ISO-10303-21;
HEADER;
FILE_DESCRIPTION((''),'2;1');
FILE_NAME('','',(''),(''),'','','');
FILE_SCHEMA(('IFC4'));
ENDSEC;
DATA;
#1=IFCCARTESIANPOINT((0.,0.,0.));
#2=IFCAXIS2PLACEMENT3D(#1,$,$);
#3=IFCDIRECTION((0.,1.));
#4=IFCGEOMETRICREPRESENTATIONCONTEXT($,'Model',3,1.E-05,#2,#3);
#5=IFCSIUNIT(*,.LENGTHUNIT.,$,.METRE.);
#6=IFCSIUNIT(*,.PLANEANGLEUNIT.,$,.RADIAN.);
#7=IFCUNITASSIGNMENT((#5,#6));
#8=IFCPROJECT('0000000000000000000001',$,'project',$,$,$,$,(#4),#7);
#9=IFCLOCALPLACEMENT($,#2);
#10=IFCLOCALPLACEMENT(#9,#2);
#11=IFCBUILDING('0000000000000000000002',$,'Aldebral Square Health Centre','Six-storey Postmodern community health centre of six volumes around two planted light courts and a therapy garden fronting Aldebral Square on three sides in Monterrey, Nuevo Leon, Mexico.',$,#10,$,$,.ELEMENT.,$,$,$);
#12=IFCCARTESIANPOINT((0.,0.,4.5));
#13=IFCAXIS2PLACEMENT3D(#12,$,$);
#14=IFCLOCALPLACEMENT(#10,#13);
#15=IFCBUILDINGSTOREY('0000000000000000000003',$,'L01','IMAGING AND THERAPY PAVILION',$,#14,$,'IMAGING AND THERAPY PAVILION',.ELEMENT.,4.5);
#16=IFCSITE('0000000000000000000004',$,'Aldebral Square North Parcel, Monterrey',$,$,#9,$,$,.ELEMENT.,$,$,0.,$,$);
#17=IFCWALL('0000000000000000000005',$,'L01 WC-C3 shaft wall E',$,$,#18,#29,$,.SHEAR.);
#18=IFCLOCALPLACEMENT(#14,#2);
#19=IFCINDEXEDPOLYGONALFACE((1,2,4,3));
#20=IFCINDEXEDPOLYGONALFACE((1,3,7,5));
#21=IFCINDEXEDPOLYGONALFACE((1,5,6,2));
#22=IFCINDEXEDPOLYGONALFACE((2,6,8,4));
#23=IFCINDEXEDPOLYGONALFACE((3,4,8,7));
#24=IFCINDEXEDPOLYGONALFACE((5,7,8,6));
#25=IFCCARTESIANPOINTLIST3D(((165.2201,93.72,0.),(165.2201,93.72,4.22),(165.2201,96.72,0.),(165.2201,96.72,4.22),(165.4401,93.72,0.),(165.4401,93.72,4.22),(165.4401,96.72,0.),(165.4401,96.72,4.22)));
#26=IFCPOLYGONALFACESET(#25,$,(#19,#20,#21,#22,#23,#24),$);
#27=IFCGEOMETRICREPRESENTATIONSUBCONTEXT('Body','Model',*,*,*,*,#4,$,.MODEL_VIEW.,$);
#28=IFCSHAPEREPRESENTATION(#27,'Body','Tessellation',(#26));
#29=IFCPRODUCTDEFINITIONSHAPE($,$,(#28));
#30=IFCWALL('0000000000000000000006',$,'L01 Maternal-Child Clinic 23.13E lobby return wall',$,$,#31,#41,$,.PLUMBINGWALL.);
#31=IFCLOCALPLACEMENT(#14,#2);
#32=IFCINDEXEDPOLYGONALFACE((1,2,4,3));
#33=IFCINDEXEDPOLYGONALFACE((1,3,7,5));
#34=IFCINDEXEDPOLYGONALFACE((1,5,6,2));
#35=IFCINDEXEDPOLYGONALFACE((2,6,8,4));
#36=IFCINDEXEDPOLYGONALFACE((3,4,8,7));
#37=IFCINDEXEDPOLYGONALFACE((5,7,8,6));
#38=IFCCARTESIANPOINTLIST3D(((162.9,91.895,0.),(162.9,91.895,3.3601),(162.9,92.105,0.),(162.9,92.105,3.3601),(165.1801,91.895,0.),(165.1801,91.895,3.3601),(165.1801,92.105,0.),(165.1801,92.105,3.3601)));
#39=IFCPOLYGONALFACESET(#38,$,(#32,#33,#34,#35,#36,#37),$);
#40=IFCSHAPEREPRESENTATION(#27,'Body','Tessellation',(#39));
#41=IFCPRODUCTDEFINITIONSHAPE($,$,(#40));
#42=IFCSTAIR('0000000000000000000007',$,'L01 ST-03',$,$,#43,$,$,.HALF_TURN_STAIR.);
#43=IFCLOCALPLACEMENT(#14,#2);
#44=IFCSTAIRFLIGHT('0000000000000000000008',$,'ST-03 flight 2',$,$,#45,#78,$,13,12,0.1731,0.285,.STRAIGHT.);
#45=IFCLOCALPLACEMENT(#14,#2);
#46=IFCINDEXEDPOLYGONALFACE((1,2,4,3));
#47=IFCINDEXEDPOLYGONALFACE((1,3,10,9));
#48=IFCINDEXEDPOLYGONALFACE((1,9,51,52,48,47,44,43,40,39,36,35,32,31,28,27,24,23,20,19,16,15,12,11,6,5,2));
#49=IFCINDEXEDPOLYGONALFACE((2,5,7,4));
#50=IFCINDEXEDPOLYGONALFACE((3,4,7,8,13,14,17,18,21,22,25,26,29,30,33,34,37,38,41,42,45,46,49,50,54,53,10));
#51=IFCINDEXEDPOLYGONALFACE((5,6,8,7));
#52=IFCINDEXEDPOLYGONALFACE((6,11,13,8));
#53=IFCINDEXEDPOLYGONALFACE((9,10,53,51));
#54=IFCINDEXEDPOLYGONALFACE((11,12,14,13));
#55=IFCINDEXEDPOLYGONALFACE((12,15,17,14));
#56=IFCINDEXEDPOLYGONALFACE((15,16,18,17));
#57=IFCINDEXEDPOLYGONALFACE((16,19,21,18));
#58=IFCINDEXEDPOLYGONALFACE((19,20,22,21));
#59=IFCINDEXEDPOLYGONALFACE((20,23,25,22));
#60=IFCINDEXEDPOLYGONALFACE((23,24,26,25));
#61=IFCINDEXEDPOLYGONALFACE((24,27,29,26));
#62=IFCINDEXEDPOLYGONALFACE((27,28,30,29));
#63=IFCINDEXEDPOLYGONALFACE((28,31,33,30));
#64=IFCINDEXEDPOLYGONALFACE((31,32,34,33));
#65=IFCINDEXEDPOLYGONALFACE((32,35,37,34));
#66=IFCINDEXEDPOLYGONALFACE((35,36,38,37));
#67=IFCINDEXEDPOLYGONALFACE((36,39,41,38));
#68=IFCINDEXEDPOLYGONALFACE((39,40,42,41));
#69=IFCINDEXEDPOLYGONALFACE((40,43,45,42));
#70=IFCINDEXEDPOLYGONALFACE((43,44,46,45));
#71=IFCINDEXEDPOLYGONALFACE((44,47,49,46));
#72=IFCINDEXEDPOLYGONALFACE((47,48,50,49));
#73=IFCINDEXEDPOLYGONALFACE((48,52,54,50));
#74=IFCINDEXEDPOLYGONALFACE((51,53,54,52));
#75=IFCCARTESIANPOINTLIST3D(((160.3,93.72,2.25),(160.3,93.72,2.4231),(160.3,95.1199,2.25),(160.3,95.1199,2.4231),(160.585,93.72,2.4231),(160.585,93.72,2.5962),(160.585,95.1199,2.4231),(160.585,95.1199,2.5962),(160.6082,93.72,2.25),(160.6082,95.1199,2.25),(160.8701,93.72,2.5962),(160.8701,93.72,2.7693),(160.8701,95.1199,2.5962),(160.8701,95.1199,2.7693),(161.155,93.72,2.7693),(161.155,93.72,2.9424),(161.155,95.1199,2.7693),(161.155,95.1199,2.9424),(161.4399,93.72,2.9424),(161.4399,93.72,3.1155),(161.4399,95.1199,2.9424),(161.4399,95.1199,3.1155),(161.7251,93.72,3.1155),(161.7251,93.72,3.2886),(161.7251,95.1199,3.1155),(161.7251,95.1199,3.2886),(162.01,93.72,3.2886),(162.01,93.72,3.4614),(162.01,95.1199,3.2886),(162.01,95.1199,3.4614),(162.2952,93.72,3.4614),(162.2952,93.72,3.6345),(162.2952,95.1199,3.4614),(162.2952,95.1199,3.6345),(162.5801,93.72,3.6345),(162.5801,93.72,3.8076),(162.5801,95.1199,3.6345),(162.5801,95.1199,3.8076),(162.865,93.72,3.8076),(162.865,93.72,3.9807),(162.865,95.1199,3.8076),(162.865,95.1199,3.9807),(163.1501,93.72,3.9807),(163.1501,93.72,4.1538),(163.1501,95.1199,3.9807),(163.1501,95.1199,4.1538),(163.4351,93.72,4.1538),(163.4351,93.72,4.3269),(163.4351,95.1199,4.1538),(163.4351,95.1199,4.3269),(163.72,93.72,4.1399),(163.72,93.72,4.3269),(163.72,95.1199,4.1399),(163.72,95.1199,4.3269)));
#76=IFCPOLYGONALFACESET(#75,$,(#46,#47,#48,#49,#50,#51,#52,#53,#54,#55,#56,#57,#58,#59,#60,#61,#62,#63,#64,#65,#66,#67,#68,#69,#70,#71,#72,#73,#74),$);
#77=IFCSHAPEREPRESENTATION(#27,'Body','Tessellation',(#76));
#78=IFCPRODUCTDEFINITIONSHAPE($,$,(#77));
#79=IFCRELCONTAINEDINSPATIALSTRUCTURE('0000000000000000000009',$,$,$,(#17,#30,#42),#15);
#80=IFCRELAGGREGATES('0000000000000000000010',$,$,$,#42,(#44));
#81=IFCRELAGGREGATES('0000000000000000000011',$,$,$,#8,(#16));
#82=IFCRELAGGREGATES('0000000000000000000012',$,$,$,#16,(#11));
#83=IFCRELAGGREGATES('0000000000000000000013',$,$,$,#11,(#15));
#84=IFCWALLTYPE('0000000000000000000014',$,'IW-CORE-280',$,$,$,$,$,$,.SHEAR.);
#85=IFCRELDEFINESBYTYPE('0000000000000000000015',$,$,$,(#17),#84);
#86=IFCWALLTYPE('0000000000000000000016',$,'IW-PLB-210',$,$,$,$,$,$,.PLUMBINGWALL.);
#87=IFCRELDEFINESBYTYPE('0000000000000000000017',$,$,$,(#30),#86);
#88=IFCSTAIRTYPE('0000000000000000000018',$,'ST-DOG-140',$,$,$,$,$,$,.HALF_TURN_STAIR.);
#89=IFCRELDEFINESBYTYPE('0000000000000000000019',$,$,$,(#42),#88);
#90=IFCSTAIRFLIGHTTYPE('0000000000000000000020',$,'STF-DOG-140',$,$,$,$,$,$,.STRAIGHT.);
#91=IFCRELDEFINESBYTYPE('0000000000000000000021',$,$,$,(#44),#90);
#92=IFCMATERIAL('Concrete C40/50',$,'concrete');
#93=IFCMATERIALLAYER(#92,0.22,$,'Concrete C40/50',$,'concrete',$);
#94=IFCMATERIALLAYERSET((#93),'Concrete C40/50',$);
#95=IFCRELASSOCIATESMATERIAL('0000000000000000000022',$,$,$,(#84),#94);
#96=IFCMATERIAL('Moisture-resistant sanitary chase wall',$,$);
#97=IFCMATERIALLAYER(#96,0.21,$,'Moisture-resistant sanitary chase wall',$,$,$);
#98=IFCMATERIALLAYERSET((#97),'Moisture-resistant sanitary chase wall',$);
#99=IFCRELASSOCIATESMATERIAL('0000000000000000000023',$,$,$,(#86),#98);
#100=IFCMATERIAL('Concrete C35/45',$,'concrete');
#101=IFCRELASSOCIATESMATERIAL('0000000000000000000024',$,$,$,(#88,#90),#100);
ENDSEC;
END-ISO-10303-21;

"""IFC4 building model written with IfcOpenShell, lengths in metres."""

from ifc_helpers import new_model, si_unit, direction, frame, frame_2d, origin, place, context, subcontext, project, spatial, polyline, rectangle, outline, extrude, material, layer, layer_set, type_object, element, aggregate, save


model = new_model("IFC4")

# Units and contexts
model_context = context("Model", 3, precision=1e-05, world=origin(), true_north=direction((0.0, 1.0)))
body_context = subcontext(model_context, "Body", "Model", "MODEL_VIEW")
ifc_project = project(units=[si_unit("LENGTHUNIT", "METRE"), si_unit("PLANEANGLEUNIT", "RADIAN")], contexts=[model_context])

# Site, building, storey
site_placement = place(None, origin())
site = spatial("IfcSite", under=ifc_project, at=site_placement, Name="Aldebral Square North Parcel, Monterrey", CompositionType="ELEMENT", RefElevation=0.0)
building_placement = place(site_placement, origin())
building = spatial("IfcBuilding", under=site, at=building_placement, Name="Aldebral Square Health Centre", Description="Six-storey Postmodern community health centre of six volumes around two planted light courts and a therapy garden fronting Aldebral Square on three sides in Monterrey, Nuevo Leon, Mexico.", CompositionType="ELEMENT")
storey_placement = place(building_placement, frame((0.0, 0.0, 4.5)))
storey = spatial("IfcBuildingStorey", under=building, at=storey_placement, Name="L01", Description="IMAGING AND THERAPY PAVILION", LongName="IMAGING AND THERAPY PAVILION", CompositionType="ELEMENT", Elevation=4.5)

# Shared definitions
ifc_material_1 = material(Name="Concrete C40/50", Category="concrete")

# Walls
ifc_layer_1 = layer(ifc_material_1, 0.22, Name="Concrete C40/50", Category="concrete")
ifc_layer_set_1 = layer_set([ifc_layer_1], Name="Concrete C40/50")
wall_type_1 = type_object("IfcWallType", Name="IW-CORE-280", PredefinedType="SHEAR", material=ifc_layer_set_1)
wall_1_placement = place(storey_placement, frame((165.3301, 93.72, 0.0), z_axis=(0.0, 0.0, 1.0), x_axis=(0.0, 1.0, 0.0)))
element("IfcWall", 1, at=wall_1_placement, inside=storey, type_object=wall_type_1, Name="L01 WC-C3 shaft wall E", PredefinedType="SHEAR", context=body_context, shape_type="SweptSolid", body=[
    extrude(rectangle(XDim=3.0, YDim=0.22, at=frame_2d((1.5, 0.0))), origin(), (0.0, 0.0, 1.0), 4.22),
])
ifc_material_2 = material(Name="Moisture-resistant sanitary chase wall")
ifc_layer_2 = layer(ifc_material_2, 0.21, Name="Moisture-resistant sanitary chase wall")
ifc_layer_set_2 = layer_set([ifc_layer_2], Name="Moisture-resistant sanitary chase wall")
wall_type_2 = type_object("IfcWallType", Name="IW-PLB-210", PredefinedType="PLUMBINGWALL", material=ifc_layer_set_2)
wall_2_placement = place(storey_placement, frame((162.8999, 92.0, 0.0), z_axis=(0.0, 0.0, 1.0), x_axis=(1.0, 0.0, 0.0)))
element("IfcWall", 2, at=wall_2_placement, inside=storey, type_object=wall_type_2, Name="L01 Maternal-Child Clinic 23.13E lobby return wall", PredefinedType="PLUMBINGWALL", context=body_context, shape_type="SweptSolid", body=[
    extrude(rectangle(XDim=2.28, YDim=0.21, at=frame_2d((1.1401, 0.0))), origin(), (0.0, 0.0, 1.0), 3.3601),
])

# Stair, stair flight
ifc_material_3 = material(Name="Concrete C35/45", Category="concrete")
stair_type = type_object("IfcStairType", Name="ST-DOG-140", PredefinedType="HALF_TURN_STAIR", material=ifc_material_3)
stair_placement = place(storey_placement, origin())
stair = element("IfcStair", 3, at=stair_placement, inside=storey, type_object=stair_type, Name="L01 ST-03", PredefinedType="HALF_TURN_STAIR")
stair_flight_type = type_object("IfcStairFlightType", Name="STF-DOG-140", PredefinedType="STRAIGHT", material=ifc_material_3)
stair_flight_placement = place(storey_placement, frame((160.3, 94.4199, 2.25), z_axis=(0.0, 0.0, 1.0), x_axis=(1.0, 0.0, 0.0)))
stair_flight = element("IfcStairFlight", 4, at=stair_flight_placement, type_object=stair_flight_type, Name="ST-03 flight 2", NumberOfRisers=13, NumberOfTreads=12, PredefinedType="STRAIGHT", RiserHeight=0.1731, TreadLength=0.285, context=body_context, shape_type="SweptSolid", body=[
    extrude(outline(polyline([(0.0, 0.0), (0.0, 0.1731), (0.2849, 0.1731), (0.2849, 0.3462), (0.5701, 0.3462), (0.5701, 0.5193), (0.855, 0.5193), (0.855, 0.6924), (1.1399, 0.6924), (1.1399, 0.8655), (1.425, 0.8655), (1.425, 1.0386), (1.71, 1.0386), (1.71, 1.2114), (1.9951, 1.2114), (1.9951, 1.3845), (2.28, 1.3845), (2.28, 1.5576), (2.5649, 1.5576), (2.5649, 1.7307), (2.8501, 1.7307), (2.8501, 1.9038), (3.135, 1.9038), (3.135, 2.0769), (3.4199, 2.0769), (3.4199, 2.25), (3.4199, 1.8899), (0.3081, 0.0), (0.0, 0.0)])), frame((0.0, 0.7, 0.0), z_axis=(0.0, -1.0, 0.0), x_axis=(1.0, 0.0, 0.0)), (0.0, 0.0, 1.0), 1.3999),
])
aggregate(stair, [stair_flight])

save(model, "model.ifc")
